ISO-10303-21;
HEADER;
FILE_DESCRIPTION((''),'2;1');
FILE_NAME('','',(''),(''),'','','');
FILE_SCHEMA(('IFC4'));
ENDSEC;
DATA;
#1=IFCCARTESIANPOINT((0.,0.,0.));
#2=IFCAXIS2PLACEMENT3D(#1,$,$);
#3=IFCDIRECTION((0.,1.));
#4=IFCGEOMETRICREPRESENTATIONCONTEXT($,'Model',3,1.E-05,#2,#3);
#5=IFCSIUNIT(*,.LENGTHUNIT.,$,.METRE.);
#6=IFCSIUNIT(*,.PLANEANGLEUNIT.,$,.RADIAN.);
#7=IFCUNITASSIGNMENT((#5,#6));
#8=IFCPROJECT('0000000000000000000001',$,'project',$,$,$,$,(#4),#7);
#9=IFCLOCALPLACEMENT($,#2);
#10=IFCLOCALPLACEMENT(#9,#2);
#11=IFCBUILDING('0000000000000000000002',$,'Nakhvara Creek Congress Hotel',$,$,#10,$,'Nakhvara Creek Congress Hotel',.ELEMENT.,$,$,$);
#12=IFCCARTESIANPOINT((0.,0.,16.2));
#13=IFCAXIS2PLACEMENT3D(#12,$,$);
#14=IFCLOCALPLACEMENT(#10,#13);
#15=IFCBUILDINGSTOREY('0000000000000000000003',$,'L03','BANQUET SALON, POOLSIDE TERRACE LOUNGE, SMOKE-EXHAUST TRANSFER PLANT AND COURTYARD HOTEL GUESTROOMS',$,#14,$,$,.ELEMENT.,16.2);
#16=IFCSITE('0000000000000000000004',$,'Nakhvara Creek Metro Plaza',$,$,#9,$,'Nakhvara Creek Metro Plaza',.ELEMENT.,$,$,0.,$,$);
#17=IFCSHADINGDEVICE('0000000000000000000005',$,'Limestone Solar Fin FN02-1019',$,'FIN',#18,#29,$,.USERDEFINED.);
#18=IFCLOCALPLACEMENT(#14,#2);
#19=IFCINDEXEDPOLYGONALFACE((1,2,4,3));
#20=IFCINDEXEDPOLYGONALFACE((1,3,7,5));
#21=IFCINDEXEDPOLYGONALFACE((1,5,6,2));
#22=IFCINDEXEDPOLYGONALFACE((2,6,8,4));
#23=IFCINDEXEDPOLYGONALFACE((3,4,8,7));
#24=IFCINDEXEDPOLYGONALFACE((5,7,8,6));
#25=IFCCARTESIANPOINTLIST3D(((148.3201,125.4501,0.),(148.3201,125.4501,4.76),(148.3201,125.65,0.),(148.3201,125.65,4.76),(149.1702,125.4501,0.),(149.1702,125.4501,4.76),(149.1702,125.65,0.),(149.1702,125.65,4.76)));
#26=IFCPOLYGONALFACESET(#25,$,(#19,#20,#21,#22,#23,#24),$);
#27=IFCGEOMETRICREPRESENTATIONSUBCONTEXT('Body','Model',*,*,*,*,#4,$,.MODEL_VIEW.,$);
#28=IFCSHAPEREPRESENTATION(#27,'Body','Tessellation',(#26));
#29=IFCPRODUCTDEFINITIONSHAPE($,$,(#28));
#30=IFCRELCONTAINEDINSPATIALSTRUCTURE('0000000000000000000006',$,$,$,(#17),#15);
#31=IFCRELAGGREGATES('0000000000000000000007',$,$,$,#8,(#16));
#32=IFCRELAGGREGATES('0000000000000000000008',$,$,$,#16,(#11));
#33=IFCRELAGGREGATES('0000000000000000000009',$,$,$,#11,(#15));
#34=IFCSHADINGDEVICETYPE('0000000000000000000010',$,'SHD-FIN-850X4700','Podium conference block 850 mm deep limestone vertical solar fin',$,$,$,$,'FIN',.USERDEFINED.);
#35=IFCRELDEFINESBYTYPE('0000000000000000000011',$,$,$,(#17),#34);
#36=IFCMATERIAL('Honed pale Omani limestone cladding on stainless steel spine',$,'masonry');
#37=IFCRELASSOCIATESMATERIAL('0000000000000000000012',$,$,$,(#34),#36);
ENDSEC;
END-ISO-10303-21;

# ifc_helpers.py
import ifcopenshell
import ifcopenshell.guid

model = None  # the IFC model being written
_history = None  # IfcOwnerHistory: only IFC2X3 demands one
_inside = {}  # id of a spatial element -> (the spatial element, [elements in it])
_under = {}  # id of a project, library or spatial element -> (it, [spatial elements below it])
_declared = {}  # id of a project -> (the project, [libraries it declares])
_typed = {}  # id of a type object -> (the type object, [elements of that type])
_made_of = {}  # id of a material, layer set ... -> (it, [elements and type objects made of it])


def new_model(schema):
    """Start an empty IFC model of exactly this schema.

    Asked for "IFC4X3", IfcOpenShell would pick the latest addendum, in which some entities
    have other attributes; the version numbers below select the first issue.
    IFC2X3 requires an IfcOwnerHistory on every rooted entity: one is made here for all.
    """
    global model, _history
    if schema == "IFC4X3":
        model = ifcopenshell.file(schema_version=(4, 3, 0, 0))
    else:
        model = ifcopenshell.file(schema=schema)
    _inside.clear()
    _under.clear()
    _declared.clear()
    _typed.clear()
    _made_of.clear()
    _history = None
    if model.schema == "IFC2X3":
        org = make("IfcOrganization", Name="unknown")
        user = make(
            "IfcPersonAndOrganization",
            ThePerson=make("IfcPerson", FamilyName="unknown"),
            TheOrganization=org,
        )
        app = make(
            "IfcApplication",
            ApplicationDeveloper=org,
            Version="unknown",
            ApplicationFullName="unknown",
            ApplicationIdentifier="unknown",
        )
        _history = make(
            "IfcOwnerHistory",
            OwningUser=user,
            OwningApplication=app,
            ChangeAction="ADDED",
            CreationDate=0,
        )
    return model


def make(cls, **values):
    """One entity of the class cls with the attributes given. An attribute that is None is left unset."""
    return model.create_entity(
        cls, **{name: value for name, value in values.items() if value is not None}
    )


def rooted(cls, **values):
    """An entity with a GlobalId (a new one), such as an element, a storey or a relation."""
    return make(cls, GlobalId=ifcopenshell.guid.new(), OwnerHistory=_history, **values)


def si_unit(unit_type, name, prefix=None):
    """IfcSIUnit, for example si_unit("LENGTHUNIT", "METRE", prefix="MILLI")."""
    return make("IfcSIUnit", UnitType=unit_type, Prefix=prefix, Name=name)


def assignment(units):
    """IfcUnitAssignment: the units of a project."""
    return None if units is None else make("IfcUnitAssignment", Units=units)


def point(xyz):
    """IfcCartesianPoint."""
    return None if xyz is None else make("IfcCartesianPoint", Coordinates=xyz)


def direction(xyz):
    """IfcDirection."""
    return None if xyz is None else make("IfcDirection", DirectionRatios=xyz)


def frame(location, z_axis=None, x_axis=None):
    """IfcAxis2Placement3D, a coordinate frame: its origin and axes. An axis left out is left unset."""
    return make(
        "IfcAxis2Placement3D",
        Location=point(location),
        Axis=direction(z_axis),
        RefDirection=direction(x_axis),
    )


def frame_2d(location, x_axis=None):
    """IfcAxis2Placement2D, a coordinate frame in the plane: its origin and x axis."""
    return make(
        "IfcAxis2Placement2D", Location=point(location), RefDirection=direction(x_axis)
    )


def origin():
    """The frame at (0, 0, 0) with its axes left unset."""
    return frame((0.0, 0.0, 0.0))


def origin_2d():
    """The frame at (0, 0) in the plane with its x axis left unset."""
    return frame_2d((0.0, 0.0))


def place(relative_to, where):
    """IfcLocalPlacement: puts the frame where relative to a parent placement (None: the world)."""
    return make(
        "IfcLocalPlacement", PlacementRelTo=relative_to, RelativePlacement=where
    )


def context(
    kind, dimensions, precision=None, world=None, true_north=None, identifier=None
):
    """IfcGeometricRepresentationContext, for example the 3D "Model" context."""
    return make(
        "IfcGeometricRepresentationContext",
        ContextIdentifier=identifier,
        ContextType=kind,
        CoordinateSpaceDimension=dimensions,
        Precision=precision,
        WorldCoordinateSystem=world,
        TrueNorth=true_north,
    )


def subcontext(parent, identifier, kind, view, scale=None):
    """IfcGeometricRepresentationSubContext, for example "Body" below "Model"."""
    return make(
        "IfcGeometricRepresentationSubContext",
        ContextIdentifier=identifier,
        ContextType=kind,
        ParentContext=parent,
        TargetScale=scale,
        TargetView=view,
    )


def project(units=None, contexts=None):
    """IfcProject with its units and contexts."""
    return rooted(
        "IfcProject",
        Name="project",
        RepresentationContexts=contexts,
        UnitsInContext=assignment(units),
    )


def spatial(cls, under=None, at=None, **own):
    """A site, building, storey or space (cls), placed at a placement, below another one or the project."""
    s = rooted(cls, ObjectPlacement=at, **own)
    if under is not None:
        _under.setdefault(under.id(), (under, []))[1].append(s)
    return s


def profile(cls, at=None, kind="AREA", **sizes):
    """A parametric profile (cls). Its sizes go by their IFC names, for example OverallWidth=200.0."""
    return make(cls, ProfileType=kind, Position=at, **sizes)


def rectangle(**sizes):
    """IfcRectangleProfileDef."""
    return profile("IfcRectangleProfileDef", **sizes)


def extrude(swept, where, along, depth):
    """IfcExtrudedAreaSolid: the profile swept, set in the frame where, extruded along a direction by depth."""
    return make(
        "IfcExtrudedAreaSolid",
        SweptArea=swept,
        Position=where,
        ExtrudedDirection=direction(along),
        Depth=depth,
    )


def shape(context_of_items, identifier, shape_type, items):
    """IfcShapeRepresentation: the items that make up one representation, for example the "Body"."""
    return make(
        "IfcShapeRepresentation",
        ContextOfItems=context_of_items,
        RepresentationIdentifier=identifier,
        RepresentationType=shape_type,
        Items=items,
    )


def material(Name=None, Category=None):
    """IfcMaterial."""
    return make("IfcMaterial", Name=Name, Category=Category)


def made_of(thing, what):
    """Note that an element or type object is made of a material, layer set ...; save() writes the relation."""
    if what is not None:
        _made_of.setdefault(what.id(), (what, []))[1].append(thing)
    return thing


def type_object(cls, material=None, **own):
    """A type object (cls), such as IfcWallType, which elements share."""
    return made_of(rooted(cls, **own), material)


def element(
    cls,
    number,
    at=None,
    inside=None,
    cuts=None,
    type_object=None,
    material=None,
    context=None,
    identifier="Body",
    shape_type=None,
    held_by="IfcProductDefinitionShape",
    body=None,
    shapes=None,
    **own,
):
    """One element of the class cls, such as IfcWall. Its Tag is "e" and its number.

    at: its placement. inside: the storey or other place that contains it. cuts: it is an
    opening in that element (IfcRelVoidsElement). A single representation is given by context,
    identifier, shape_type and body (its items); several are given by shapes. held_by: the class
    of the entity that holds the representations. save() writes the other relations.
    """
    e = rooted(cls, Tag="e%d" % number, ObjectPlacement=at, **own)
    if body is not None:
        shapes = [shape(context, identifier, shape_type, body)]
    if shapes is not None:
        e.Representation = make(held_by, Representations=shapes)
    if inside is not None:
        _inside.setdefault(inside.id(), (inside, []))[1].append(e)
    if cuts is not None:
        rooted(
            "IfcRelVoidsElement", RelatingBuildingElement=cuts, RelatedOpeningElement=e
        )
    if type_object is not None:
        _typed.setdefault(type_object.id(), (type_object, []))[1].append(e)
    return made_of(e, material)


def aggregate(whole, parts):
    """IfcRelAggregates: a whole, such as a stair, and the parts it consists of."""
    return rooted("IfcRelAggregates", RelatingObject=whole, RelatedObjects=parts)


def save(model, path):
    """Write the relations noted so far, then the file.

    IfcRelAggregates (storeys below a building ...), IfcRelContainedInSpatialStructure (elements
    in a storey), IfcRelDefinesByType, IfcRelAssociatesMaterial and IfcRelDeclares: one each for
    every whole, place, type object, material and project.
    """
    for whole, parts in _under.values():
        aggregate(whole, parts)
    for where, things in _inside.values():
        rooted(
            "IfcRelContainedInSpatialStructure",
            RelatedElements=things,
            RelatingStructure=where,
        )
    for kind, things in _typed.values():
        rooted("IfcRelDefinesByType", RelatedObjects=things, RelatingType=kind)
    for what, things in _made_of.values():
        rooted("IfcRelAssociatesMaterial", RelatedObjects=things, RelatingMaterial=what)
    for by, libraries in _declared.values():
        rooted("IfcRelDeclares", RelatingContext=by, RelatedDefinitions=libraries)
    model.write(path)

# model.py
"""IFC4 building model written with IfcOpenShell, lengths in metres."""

from ifc_helpers import new_model, si_unit, direction, frame, origin, origin_2d, place, context, subcontext, project, spatial, rectangle, extrude, material, type_object, element, save


model = new_model("IFC4")

# Units and contexts
model_context = context("Model", 3, precision=1e-05, world=origin(), true_north=direction((0.0, 1.0)))
body_context = subcontext(model_context, "Body", "Model", "MODEL_VIEW")
ifc_project = project(units=[si_unit("LENGTHUNIT", "METRE"), si_unit("PLANEANGLEUNIT", "RADIAN")], contexts=[model_context])

# Site, building, storey
site_placement = place(None, origin())
site = spatial("IfcSite", under=ifc_project, at=site_placement, Name="Nakhvara Creek Metro Plaza", LongName="Nakhvara Creek Metro Plaza", CompositionType="ELEMENT", RefElevation=0.0)
building_placement = place(site_placement, origin())
building = spatial("IfcBuilding", under=site, at=building_placement, Name="Nakhvara Creek Congress Hotel", LongName="Nakhvara Creek Congress Hotel", CompositionType="ELEMENT")
storey_placement = place(building_placement, frame((0.0, 0.0, 16.2)))
storey = spatial("IfcBuildingStorey", under=building, at=storey_placement, Name="L03", Description="BANQUET SALON, POOLSIDE TERRACE LOUNGE, SMOKE-EXHAUST TRANSFER PLANT AND COURTYARD HOTEL GUESTROOMS", CompositionType="ELEMENT", Elevation=16.2)

# Shading device
ifc_material_1 = material(Name="Honed pale Omani limestone cladding on stainless steel spine", Category="masonry")
shading_device_type = type_object("IfcShadingDeviceType", Name="SHD-FIN-850X4700", Description="Podium conference block 850 mm deep limestone vertical solar fin", ElementType="FIN", PredefinedType="USERDEFINED", material=ifc_material_1)
for number, where, z_axis, x_axis, name in (
    (1, (148.7451, 125.55, 0.0), (0.0, 0.0, 1.0), (0.0, 1.0, 0.0), "Limestone Solar Fin FN02-1019"),
):
    element("IfcShadingDevice", number, at=place(storey_placement, frame(where, z_axis=z_axis, x_axis=x_axis)), inside=storey, type_object=shading_device_type, Name=name, ObjectType="FIN", PredefinedType="USERDEFINED", context=body_context, shape_type="SweptSolid", body=[
        extrude(rectangle(XDim=0.2, YDim=0.8501, at=origin_2d()), origin(), (0.0, 0.0, 1.0), 4.76),
    ])

save(model, "model.ifc")
